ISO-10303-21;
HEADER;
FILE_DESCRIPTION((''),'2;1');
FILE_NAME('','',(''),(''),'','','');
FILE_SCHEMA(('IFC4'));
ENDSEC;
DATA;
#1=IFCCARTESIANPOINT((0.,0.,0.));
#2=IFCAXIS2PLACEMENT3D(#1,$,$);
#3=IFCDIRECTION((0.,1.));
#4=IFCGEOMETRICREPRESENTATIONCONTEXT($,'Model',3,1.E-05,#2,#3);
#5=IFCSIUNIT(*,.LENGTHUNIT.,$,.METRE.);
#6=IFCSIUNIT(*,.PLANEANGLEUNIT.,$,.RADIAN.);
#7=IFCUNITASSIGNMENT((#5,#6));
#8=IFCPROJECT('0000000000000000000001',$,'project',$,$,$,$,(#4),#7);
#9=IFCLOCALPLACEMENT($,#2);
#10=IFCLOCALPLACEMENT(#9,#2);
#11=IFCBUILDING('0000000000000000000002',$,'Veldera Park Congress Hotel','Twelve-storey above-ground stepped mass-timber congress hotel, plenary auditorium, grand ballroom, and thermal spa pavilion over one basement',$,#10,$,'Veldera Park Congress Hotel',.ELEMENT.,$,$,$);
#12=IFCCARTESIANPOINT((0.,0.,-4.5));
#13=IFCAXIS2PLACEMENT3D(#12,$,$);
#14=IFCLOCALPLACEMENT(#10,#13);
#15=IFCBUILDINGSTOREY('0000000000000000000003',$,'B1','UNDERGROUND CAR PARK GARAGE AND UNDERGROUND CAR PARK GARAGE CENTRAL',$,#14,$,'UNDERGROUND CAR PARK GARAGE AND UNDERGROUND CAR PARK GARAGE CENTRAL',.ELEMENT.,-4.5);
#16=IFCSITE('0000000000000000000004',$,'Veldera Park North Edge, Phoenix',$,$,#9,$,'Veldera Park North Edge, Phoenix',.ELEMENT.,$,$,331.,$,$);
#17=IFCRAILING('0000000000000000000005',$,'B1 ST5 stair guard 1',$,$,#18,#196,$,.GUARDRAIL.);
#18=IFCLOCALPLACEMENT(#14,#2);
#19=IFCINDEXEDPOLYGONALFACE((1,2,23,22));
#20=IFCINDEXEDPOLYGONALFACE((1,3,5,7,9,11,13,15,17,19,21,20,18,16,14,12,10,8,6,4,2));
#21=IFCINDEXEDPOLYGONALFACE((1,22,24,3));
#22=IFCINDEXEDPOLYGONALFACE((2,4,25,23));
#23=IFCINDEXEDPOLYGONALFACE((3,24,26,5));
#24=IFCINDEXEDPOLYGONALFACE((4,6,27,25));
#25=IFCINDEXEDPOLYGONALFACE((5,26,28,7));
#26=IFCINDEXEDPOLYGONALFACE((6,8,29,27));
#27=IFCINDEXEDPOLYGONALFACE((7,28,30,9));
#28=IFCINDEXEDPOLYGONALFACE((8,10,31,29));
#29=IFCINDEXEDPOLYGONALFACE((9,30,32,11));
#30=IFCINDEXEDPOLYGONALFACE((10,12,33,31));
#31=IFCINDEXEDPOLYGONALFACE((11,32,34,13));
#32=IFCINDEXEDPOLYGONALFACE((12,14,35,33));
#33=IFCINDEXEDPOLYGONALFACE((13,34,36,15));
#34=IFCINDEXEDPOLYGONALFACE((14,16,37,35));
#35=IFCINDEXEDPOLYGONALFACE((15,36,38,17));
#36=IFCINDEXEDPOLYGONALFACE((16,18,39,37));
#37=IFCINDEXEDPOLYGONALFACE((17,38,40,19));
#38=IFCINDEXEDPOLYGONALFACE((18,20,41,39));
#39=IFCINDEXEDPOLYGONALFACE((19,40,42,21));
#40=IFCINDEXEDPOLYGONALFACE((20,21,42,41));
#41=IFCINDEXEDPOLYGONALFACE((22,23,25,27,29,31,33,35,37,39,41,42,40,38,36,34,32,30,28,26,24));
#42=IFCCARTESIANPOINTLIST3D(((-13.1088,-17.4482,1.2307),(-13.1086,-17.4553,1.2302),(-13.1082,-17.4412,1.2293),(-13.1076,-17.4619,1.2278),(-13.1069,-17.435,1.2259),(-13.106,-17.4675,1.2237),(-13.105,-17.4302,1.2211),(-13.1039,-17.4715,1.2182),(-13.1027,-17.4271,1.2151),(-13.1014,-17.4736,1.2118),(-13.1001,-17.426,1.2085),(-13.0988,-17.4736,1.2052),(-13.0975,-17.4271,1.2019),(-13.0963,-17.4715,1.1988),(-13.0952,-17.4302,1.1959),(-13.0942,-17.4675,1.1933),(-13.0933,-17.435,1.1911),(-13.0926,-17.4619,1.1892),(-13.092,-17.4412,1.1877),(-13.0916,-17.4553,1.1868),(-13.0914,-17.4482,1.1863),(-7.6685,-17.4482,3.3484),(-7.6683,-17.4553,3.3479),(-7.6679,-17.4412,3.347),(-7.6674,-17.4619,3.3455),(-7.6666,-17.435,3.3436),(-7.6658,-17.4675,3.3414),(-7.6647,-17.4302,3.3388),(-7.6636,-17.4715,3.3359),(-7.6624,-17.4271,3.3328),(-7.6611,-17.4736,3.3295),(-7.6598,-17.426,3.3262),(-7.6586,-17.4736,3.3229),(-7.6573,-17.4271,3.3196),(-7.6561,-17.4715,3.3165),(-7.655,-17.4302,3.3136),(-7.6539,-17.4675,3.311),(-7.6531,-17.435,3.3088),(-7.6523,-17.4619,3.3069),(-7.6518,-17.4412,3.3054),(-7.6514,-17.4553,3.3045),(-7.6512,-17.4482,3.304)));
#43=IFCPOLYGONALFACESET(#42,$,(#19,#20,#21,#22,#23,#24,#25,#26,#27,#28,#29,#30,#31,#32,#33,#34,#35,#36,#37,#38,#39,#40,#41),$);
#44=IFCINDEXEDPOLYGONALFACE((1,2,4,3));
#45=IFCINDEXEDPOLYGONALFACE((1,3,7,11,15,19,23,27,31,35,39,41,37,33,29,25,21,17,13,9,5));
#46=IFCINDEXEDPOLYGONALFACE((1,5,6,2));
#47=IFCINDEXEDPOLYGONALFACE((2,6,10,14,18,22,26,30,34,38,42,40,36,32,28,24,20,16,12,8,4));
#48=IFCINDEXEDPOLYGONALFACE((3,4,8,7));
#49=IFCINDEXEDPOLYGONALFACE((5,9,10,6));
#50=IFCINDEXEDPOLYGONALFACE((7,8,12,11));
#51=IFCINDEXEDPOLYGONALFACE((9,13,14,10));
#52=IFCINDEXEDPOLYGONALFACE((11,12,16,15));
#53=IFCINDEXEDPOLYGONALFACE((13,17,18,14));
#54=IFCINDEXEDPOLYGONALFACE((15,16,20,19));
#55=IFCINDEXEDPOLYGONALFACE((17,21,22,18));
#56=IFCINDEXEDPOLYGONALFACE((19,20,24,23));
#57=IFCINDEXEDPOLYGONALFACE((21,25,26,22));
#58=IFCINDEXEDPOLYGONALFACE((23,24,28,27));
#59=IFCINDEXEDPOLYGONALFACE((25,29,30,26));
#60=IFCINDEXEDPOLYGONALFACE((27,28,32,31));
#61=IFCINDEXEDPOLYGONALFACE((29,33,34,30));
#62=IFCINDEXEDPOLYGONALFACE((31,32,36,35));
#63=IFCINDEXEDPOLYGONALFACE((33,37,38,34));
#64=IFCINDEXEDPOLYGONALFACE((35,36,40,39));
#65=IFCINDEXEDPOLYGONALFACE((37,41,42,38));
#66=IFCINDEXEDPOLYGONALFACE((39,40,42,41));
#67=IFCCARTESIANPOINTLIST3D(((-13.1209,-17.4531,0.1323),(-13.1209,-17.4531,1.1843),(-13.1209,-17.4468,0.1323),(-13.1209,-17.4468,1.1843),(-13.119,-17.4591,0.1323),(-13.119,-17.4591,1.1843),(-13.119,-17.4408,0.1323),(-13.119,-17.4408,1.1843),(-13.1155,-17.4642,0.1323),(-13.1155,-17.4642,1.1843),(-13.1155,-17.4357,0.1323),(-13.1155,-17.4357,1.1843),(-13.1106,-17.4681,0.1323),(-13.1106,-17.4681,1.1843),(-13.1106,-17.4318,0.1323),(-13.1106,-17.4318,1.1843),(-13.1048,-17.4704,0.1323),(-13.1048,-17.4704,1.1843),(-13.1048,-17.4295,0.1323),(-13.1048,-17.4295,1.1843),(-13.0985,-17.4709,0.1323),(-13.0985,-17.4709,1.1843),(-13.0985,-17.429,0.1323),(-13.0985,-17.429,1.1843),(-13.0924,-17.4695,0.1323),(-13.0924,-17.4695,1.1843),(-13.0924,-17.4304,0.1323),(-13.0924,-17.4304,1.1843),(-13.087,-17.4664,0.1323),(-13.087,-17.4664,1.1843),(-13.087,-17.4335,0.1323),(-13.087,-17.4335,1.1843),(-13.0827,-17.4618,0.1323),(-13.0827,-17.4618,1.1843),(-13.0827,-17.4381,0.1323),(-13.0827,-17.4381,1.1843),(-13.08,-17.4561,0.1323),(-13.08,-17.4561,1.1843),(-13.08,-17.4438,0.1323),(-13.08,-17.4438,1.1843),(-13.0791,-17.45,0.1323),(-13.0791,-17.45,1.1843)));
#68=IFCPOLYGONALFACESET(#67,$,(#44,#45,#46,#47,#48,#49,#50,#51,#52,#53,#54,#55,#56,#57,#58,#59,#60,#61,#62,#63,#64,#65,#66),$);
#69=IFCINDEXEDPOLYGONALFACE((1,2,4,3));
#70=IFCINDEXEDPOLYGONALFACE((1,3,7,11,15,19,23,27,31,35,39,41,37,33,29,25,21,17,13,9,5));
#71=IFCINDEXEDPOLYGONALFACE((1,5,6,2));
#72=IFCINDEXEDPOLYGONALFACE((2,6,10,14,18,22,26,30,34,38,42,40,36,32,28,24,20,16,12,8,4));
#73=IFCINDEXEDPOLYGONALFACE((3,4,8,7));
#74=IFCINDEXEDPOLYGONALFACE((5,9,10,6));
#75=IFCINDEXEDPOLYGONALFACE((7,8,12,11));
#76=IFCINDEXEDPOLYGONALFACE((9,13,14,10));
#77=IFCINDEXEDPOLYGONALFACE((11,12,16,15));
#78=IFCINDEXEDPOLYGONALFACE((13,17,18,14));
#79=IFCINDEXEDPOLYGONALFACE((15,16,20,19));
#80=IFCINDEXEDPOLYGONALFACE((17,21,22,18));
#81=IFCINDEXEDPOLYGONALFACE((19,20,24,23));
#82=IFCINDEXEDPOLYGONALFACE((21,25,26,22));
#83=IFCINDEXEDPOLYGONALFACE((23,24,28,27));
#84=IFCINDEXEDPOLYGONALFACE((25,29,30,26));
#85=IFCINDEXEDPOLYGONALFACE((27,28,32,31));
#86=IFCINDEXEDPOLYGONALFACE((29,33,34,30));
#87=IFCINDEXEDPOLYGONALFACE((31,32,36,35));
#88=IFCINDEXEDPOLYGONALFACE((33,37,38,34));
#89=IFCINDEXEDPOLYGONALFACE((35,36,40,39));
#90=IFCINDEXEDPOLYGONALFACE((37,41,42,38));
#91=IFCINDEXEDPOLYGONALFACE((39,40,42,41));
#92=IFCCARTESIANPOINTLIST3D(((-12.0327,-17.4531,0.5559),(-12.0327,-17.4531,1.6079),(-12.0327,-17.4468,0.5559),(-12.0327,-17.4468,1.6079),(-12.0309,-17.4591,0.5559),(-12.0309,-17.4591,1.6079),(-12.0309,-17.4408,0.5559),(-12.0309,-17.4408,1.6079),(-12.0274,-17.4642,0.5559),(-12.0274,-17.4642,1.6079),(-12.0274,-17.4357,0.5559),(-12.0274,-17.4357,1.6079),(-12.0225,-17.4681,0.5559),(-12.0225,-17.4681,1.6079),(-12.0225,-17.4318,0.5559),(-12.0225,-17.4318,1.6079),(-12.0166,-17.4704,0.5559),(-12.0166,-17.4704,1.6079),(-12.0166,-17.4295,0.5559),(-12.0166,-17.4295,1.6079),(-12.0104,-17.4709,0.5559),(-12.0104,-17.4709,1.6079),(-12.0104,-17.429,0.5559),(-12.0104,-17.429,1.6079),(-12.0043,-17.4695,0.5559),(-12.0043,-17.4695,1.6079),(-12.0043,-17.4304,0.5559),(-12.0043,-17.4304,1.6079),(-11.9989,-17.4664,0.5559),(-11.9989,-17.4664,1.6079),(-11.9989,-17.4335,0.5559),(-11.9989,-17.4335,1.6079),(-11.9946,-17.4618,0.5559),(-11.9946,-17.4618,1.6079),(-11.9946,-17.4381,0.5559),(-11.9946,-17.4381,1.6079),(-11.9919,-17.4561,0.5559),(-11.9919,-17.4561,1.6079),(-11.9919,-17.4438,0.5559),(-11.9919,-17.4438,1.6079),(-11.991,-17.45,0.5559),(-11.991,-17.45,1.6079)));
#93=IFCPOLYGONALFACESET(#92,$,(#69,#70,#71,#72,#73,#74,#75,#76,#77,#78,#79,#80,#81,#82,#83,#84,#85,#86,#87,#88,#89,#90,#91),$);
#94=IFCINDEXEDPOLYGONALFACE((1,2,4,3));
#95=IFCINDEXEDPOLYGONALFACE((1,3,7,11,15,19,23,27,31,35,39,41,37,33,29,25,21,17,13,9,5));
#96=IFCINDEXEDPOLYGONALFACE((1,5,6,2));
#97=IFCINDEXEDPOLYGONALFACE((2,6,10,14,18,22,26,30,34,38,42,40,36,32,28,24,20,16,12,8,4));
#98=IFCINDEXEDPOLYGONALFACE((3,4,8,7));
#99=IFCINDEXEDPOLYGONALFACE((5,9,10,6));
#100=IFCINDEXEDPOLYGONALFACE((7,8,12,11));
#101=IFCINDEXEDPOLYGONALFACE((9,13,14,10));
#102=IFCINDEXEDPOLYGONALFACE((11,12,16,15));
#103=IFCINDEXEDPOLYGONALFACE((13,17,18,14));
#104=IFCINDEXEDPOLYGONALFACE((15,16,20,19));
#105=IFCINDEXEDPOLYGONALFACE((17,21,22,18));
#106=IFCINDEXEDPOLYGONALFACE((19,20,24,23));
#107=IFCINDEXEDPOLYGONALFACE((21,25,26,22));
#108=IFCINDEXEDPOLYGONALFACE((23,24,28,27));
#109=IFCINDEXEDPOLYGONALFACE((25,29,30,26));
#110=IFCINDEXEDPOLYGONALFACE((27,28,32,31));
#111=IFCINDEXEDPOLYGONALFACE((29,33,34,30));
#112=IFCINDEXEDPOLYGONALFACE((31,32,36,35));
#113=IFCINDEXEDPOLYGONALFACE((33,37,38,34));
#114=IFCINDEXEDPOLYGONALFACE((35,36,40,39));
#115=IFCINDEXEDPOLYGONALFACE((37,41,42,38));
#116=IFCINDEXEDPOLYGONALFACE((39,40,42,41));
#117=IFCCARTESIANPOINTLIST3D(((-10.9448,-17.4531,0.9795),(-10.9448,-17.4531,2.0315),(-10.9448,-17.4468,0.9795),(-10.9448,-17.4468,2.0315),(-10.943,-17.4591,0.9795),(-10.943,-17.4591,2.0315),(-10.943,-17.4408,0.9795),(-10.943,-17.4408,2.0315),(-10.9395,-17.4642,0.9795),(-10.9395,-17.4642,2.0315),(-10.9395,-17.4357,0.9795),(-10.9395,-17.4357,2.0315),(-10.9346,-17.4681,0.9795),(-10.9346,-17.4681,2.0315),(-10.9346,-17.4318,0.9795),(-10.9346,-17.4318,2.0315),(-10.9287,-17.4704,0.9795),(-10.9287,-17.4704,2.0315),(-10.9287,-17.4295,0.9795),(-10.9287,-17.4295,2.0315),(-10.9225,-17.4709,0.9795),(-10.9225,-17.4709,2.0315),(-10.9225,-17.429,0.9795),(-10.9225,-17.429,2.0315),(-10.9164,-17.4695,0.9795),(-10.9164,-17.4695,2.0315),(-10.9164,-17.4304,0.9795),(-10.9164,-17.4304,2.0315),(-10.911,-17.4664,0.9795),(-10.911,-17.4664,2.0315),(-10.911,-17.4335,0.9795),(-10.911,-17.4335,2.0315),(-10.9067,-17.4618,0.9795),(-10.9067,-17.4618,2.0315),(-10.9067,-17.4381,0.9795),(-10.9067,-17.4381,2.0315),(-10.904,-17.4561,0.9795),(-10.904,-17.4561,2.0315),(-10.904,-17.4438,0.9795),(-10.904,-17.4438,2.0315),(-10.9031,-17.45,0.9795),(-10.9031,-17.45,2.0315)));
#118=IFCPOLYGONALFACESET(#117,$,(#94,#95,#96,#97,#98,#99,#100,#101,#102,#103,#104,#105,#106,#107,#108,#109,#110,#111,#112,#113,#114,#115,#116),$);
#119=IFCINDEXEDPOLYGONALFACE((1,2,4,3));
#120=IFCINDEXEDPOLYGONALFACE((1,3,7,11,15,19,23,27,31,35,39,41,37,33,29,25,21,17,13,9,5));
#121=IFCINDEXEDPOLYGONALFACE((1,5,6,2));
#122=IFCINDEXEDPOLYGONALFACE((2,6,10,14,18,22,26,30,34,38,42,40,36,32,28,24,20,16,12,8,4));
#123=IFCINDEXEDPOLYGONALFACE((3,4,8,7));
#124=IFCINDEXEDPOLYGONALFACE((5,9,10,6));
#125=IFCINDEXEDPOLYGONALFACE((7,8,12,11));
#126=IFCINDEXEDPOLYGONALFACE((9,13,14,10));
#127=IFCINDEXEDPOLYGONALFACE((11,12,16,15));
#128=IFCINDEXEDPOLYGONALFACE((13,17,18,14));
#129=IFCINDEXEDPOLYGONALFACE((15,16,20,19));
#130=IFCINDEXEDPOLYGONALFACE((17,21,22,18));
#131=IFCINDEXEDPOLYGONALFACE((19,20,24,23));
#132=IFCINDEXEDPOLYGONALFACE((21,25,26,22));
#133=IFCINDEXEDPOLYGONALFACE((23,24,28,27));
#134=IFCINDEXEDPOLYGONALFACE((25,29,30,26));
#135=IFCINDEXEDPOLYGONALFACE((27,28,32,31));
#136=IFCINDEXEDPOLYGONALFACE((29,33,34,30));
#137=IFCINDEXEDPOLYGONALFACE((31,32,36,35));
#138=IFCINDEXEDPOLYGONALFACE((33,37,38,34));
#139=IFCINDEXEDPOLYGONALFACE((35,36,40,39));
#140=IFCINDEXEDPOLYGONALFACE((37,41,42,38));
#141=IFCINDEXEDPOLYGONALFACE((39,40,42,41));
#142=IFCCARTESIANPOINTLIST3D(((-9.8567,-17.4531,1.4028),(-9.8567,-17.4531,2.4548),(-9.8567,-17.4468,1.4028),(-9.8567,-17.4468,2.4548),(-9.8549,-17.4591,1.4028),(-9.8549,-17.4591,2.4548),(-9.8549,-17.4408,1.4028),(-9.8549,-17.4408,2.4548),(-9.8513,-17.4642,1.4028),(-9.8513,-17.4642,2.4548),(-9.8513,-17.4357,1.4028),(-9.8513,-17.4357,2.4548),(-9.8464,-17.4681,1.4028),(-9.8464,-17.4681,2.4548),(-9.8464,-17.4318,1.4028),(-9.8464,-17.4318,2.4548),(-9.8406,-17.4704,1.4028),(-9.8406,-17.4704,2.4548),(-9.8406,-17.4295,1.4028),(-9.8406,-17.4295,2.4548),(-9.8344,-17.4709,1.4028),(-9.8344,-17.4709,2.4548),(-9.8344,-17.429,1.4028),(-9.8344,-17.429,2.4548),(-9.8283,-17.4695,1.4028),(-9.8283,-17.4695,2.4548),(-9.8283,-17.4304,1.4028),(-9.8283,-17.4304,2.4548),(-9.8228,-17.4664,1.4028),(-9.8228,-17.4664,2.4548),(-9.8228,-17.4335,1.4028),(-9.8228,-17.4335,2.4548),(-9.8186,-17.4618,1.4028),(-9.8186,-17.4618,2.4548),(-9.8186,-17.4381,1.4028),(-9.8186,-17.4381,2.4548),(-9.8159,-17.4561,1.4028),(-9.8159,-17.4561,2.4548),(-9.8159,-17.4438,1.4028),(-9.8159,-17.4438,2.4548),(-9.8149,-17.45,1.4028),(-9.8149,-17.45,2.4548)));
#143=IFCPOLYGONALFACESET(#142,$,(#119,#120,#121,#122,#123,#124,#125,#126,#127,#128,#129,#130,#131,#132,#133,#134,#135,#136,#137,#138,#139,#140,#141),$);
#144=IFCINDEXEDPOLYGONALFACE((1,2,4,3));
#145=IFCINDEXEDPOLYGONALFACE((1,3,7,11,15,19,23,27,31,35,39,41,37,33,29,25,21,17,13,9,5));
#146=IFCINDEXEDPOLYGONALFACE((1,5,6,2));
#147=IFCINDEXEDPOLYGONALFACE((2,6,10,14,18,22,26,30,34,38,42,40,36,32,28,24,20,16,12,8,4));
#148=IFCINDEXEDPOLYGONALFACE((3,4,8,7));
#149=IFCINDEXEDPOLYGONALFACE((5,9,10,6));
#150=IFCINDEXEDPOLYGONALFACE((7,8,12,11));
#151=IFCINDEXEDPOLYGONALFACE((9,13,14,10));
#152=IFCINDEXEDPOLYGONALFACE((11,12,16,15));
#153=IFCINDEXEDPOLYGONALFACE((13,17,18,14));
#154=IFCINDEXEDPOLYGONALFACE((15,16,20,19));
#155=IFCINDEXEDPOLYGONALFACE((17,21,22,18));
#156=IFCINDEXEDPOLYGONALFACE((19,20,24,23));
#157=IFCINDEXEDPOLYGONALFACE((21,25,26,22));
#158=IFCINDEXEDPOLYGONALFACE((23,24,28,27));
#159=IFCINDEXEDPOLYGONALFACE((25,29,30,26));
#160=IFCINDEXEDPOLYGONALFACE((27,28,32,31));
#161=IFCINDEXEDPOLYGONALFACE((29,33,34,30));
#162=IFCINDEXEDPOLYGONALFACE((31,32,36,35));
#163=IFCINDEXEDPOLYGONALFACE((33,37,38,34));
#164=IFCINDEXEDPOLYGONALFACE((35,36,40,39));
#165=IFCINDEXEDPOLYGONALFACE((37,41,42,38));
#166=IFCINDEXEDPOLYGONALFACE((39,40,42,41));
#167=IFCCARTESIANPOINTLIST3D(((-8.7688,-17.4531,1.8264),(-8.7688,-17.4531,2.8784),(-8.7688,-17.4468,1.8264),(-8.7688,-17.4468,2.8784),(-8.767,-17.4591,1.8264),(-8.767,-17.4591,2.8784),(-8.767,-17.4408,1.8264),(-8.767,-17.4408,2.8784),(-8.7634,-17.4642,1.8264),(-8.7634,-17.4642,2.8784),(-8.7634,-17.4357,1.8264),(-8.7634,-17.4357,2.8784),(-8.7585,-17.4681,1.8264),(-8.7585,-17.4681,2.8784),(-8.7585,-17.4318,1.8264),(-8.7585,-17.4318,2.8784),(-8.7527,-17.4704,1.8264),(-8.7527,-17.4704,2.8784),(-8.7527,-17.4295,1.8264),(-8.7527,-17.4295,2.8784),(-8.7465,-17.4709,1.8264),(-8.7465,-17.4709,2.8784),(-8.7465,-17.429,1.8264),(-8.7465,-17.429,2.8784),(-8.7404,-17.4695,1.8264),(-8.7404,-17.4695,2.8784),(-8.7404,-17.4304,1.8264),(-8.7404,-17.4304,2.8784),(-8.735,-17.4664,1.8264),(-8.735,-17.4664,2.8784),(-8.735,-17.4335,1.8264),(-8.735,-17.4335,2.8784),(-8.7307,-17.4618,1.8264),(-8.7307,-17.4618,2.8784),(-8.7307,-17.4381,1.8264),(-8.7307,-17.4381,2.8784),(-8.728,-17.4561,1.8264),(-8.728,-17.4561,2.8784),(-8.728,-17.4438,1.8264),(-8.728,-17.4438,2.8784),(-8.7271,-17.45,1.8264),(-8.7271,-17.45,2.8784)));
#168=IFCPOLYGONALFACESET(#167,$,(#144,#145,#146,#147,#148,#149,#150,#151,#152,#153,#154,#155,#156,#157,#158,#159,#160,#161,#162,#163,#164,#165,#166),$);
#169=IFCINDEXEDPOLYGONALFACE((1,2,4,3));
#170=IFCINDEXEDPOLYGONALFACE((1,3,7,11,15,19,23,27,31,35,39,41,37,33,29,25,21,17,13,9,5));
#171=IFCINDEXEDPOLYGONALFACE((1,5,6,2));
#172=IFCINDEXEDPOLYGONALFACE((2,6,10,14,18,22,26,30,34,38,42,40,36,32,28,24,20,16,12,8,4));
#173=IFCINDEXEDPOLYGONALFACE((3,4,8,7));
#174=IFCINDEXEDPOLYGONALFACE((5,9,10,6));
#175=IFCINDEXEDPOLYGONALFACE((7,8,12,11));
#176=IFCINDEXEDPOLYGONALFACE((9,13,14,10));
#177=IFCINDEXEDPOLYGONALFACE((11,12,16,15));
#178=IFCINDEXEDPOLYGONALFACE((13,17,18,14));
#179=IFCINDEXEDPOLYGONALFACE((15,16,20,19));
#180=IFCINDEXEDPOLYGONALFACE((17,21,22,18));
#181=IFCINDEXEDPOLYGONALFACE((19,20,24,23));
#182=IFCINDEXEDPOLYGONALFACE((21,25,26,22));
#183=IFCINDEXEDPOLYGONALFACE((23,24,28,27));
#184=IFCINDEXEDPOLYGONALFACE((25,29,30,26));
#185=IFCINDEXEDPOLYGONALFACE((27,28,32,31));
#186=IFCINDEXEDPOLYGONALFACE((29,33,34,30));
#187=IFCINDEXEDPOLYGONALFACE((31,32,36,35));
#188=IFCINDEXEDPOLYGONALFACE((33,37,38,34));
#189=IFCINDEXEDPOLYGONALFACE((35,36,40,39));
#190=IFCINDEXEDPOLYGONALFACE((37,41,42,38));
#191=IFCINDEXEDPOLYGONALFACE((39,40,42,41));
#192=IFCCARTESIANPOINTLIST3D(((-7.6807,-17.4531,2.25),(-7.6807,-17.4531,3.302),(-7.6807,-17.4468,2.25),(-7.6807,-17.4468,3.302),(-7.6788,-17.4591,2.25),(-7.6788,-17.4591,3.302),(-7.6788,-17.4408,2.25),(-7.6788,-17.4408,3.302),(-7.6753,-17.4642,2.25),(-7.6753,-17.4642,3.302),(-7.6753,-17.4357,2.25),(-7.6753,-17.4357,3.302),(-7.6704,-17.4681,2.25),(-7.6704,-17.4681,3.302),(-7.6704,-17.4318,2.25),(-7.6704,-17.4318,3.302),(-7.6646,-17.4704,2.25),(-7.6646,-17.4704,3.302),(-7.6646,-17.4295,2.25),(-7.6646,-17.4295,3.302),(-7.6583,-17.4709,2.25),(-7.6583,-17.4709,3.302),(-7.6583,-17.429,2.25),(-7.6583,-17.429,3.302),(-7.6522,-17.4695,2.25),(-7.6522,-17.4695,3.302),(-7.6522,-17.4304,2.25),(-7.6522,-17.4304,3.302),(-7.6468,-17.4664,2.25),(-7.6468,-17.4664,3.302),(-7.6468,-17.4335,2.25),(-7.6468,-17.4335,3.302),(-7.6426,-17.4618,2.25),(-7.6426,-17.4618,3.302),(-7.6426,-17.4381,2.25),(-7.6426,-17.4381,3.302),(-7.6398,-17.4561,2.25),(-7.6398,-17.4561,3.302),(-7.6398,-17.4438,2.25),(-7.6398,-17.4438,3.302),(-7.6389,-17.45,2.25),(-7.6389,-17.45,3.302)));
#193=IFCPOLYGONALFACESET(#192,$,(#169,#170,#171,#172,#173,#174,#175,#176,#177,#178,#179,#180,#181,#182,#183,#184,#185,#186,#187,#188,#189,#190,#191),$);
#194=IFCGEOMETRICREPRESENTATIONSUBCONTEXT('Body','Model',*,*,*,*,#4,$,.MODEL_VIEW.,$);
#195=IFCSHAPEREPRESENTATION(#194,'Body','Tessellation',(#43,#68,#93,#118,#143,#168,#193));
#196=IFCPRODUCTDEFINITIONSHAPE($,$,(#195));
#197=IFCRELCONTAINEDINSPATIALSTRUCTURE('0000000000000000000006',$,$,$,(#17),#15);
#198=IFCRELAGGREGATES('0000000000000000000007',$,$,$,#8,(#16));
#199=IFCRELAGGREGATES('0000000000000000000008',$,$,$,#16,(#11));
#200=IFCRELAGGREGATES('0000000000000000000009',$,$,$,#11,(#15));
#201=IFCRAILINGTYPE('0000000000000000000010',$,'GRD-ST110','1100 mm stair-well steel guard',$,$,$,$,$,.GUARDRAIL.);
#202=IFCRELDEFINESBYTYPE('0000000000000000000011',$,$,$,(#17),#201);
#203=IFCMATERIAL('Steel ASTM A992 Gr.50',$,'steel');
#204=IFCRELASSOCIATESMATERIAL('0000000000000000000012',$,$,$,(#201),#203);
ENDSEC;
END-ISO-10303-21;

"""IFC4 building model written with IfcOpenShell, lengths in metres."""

from ifc_helpers import new_model, si_unit, direction, frame, origin, origin_2d, place, context, subcontext, project, spatial, circle, extrude, material, type_object, element, save


model = new_model("IFC4")

# Units and contexts
model_context = context("Model", 3, precision=1e-05, world=origin(), true_north=direction((0.0, 1.0)))
body_context = subcontext(model_context, "Body", "Model", "MODEL_VIEW")
ifc_project = project(units=[si_unit("LENGTHUNIT", "METRE"), si_unit("PLANEANGLEUNIT", "RADIAN")], contexts=[model_context])

# Site, building, storey
site_placement = place(None, origin())
site = spatial("IfcSite", under=ifc_project, at=site_placement, Name="Veldera Park North Edge, Phoenix", LongName="Veldera Park North Edge, Phoenix", CompositionType="ELEMENT", RefElevation=331.0)
building_placement = place(site_placement, origin())
building = spatial("IfcBuilding", under=site, at=building_placement, Name="Veldera Park Congress Hotel", Description="Twelve-storey above-ground stepped mass-timber congress hotel, plenary auditorium, grand ballroom, and thermal spa pavilion over one basement", LongName="Veldera Park Congress Hotel", CompositionType="ELEMENT")
storey_placement = place(building_placement, frame((0.0, 0.0, -4.5)))
storey = spatial("IfcBuildingStorey", under=building, at=storey_placement, Name="B1", Description="UNDERGROUND CAR PARK GARAGE AND UNDERGROUND CAR PARK GARAGE CENTRAL", LongName="UNDERGROUND CAR PARK GARAGE AND UNDERGROUND CAR PARK GARAGE CENTRAL", CompositionType="ELEMENT", Elevation=-4.5)

# Railing
ifc_material_1 = material(Name="Steel ASTM A992 Gr.50", Category="steel")
railing_type = type_object("IfcRailingType", Name="GRD-ST110", Description="1100 mm stair-well steel guard", PredefinedType="GUARDRAIL", material=ifc_material_1)
railing_1_placement = place(storey_placement, frame((-13.1001, -17.45, 0.1323)))
element("IfcRailing", 1, at=railing_1_placement, inside=storey, type_object=railing_type, Name="B1 ST5 stair guard 1", PredefinedType="GUARDRAIL", context=body_context, shape_type="SweptSolid", body=[
    extrude(circle(Radius=0.0239, at=origin_2d()), frame((0.0, 0.0, 1.0762), z_axis=(0.931886, 0.0, 0.362751), x_axis=(0.0, 1.0, 0.0)), (0.0, 0.0, 1.0), 5.8379),
    extrude(circle(Radius=0.021, at=origin_2d()), origin(), (0.0, 0.0, 1.0), 1.052),
    extrude(circle(Radius=0.021, at=origin_2d()), frame((1.0881, 0.0, 0.4236)), (0.0, 0.0, 1.0), 1.052),
    extrude(circle(Radius=0.021, at=origin_2d()), frame((2.176, 0.0, 0.8472)), (0.0, 0.0, 1.0), 1.052),
    extrude(circle(Radius=0.021, at=origin_2d()), frame((3.2642, 0.0, 1.2705)), (0.0, 0.0, 1.0), 1.052),
    extrude(circle(Radius=0.021, at=origin_2d()), frame((4.3521, 0.0, 1.6941)), (0.0, 0.0, 1.0), 1.052),
    extrude(circle(Radius=0.021, at=origin_2d()), frame((5.4402, 0.0, 2.1177)), (0.0, 0.0, 1.0), 1.052),
])

save(model, "model.ifc")
